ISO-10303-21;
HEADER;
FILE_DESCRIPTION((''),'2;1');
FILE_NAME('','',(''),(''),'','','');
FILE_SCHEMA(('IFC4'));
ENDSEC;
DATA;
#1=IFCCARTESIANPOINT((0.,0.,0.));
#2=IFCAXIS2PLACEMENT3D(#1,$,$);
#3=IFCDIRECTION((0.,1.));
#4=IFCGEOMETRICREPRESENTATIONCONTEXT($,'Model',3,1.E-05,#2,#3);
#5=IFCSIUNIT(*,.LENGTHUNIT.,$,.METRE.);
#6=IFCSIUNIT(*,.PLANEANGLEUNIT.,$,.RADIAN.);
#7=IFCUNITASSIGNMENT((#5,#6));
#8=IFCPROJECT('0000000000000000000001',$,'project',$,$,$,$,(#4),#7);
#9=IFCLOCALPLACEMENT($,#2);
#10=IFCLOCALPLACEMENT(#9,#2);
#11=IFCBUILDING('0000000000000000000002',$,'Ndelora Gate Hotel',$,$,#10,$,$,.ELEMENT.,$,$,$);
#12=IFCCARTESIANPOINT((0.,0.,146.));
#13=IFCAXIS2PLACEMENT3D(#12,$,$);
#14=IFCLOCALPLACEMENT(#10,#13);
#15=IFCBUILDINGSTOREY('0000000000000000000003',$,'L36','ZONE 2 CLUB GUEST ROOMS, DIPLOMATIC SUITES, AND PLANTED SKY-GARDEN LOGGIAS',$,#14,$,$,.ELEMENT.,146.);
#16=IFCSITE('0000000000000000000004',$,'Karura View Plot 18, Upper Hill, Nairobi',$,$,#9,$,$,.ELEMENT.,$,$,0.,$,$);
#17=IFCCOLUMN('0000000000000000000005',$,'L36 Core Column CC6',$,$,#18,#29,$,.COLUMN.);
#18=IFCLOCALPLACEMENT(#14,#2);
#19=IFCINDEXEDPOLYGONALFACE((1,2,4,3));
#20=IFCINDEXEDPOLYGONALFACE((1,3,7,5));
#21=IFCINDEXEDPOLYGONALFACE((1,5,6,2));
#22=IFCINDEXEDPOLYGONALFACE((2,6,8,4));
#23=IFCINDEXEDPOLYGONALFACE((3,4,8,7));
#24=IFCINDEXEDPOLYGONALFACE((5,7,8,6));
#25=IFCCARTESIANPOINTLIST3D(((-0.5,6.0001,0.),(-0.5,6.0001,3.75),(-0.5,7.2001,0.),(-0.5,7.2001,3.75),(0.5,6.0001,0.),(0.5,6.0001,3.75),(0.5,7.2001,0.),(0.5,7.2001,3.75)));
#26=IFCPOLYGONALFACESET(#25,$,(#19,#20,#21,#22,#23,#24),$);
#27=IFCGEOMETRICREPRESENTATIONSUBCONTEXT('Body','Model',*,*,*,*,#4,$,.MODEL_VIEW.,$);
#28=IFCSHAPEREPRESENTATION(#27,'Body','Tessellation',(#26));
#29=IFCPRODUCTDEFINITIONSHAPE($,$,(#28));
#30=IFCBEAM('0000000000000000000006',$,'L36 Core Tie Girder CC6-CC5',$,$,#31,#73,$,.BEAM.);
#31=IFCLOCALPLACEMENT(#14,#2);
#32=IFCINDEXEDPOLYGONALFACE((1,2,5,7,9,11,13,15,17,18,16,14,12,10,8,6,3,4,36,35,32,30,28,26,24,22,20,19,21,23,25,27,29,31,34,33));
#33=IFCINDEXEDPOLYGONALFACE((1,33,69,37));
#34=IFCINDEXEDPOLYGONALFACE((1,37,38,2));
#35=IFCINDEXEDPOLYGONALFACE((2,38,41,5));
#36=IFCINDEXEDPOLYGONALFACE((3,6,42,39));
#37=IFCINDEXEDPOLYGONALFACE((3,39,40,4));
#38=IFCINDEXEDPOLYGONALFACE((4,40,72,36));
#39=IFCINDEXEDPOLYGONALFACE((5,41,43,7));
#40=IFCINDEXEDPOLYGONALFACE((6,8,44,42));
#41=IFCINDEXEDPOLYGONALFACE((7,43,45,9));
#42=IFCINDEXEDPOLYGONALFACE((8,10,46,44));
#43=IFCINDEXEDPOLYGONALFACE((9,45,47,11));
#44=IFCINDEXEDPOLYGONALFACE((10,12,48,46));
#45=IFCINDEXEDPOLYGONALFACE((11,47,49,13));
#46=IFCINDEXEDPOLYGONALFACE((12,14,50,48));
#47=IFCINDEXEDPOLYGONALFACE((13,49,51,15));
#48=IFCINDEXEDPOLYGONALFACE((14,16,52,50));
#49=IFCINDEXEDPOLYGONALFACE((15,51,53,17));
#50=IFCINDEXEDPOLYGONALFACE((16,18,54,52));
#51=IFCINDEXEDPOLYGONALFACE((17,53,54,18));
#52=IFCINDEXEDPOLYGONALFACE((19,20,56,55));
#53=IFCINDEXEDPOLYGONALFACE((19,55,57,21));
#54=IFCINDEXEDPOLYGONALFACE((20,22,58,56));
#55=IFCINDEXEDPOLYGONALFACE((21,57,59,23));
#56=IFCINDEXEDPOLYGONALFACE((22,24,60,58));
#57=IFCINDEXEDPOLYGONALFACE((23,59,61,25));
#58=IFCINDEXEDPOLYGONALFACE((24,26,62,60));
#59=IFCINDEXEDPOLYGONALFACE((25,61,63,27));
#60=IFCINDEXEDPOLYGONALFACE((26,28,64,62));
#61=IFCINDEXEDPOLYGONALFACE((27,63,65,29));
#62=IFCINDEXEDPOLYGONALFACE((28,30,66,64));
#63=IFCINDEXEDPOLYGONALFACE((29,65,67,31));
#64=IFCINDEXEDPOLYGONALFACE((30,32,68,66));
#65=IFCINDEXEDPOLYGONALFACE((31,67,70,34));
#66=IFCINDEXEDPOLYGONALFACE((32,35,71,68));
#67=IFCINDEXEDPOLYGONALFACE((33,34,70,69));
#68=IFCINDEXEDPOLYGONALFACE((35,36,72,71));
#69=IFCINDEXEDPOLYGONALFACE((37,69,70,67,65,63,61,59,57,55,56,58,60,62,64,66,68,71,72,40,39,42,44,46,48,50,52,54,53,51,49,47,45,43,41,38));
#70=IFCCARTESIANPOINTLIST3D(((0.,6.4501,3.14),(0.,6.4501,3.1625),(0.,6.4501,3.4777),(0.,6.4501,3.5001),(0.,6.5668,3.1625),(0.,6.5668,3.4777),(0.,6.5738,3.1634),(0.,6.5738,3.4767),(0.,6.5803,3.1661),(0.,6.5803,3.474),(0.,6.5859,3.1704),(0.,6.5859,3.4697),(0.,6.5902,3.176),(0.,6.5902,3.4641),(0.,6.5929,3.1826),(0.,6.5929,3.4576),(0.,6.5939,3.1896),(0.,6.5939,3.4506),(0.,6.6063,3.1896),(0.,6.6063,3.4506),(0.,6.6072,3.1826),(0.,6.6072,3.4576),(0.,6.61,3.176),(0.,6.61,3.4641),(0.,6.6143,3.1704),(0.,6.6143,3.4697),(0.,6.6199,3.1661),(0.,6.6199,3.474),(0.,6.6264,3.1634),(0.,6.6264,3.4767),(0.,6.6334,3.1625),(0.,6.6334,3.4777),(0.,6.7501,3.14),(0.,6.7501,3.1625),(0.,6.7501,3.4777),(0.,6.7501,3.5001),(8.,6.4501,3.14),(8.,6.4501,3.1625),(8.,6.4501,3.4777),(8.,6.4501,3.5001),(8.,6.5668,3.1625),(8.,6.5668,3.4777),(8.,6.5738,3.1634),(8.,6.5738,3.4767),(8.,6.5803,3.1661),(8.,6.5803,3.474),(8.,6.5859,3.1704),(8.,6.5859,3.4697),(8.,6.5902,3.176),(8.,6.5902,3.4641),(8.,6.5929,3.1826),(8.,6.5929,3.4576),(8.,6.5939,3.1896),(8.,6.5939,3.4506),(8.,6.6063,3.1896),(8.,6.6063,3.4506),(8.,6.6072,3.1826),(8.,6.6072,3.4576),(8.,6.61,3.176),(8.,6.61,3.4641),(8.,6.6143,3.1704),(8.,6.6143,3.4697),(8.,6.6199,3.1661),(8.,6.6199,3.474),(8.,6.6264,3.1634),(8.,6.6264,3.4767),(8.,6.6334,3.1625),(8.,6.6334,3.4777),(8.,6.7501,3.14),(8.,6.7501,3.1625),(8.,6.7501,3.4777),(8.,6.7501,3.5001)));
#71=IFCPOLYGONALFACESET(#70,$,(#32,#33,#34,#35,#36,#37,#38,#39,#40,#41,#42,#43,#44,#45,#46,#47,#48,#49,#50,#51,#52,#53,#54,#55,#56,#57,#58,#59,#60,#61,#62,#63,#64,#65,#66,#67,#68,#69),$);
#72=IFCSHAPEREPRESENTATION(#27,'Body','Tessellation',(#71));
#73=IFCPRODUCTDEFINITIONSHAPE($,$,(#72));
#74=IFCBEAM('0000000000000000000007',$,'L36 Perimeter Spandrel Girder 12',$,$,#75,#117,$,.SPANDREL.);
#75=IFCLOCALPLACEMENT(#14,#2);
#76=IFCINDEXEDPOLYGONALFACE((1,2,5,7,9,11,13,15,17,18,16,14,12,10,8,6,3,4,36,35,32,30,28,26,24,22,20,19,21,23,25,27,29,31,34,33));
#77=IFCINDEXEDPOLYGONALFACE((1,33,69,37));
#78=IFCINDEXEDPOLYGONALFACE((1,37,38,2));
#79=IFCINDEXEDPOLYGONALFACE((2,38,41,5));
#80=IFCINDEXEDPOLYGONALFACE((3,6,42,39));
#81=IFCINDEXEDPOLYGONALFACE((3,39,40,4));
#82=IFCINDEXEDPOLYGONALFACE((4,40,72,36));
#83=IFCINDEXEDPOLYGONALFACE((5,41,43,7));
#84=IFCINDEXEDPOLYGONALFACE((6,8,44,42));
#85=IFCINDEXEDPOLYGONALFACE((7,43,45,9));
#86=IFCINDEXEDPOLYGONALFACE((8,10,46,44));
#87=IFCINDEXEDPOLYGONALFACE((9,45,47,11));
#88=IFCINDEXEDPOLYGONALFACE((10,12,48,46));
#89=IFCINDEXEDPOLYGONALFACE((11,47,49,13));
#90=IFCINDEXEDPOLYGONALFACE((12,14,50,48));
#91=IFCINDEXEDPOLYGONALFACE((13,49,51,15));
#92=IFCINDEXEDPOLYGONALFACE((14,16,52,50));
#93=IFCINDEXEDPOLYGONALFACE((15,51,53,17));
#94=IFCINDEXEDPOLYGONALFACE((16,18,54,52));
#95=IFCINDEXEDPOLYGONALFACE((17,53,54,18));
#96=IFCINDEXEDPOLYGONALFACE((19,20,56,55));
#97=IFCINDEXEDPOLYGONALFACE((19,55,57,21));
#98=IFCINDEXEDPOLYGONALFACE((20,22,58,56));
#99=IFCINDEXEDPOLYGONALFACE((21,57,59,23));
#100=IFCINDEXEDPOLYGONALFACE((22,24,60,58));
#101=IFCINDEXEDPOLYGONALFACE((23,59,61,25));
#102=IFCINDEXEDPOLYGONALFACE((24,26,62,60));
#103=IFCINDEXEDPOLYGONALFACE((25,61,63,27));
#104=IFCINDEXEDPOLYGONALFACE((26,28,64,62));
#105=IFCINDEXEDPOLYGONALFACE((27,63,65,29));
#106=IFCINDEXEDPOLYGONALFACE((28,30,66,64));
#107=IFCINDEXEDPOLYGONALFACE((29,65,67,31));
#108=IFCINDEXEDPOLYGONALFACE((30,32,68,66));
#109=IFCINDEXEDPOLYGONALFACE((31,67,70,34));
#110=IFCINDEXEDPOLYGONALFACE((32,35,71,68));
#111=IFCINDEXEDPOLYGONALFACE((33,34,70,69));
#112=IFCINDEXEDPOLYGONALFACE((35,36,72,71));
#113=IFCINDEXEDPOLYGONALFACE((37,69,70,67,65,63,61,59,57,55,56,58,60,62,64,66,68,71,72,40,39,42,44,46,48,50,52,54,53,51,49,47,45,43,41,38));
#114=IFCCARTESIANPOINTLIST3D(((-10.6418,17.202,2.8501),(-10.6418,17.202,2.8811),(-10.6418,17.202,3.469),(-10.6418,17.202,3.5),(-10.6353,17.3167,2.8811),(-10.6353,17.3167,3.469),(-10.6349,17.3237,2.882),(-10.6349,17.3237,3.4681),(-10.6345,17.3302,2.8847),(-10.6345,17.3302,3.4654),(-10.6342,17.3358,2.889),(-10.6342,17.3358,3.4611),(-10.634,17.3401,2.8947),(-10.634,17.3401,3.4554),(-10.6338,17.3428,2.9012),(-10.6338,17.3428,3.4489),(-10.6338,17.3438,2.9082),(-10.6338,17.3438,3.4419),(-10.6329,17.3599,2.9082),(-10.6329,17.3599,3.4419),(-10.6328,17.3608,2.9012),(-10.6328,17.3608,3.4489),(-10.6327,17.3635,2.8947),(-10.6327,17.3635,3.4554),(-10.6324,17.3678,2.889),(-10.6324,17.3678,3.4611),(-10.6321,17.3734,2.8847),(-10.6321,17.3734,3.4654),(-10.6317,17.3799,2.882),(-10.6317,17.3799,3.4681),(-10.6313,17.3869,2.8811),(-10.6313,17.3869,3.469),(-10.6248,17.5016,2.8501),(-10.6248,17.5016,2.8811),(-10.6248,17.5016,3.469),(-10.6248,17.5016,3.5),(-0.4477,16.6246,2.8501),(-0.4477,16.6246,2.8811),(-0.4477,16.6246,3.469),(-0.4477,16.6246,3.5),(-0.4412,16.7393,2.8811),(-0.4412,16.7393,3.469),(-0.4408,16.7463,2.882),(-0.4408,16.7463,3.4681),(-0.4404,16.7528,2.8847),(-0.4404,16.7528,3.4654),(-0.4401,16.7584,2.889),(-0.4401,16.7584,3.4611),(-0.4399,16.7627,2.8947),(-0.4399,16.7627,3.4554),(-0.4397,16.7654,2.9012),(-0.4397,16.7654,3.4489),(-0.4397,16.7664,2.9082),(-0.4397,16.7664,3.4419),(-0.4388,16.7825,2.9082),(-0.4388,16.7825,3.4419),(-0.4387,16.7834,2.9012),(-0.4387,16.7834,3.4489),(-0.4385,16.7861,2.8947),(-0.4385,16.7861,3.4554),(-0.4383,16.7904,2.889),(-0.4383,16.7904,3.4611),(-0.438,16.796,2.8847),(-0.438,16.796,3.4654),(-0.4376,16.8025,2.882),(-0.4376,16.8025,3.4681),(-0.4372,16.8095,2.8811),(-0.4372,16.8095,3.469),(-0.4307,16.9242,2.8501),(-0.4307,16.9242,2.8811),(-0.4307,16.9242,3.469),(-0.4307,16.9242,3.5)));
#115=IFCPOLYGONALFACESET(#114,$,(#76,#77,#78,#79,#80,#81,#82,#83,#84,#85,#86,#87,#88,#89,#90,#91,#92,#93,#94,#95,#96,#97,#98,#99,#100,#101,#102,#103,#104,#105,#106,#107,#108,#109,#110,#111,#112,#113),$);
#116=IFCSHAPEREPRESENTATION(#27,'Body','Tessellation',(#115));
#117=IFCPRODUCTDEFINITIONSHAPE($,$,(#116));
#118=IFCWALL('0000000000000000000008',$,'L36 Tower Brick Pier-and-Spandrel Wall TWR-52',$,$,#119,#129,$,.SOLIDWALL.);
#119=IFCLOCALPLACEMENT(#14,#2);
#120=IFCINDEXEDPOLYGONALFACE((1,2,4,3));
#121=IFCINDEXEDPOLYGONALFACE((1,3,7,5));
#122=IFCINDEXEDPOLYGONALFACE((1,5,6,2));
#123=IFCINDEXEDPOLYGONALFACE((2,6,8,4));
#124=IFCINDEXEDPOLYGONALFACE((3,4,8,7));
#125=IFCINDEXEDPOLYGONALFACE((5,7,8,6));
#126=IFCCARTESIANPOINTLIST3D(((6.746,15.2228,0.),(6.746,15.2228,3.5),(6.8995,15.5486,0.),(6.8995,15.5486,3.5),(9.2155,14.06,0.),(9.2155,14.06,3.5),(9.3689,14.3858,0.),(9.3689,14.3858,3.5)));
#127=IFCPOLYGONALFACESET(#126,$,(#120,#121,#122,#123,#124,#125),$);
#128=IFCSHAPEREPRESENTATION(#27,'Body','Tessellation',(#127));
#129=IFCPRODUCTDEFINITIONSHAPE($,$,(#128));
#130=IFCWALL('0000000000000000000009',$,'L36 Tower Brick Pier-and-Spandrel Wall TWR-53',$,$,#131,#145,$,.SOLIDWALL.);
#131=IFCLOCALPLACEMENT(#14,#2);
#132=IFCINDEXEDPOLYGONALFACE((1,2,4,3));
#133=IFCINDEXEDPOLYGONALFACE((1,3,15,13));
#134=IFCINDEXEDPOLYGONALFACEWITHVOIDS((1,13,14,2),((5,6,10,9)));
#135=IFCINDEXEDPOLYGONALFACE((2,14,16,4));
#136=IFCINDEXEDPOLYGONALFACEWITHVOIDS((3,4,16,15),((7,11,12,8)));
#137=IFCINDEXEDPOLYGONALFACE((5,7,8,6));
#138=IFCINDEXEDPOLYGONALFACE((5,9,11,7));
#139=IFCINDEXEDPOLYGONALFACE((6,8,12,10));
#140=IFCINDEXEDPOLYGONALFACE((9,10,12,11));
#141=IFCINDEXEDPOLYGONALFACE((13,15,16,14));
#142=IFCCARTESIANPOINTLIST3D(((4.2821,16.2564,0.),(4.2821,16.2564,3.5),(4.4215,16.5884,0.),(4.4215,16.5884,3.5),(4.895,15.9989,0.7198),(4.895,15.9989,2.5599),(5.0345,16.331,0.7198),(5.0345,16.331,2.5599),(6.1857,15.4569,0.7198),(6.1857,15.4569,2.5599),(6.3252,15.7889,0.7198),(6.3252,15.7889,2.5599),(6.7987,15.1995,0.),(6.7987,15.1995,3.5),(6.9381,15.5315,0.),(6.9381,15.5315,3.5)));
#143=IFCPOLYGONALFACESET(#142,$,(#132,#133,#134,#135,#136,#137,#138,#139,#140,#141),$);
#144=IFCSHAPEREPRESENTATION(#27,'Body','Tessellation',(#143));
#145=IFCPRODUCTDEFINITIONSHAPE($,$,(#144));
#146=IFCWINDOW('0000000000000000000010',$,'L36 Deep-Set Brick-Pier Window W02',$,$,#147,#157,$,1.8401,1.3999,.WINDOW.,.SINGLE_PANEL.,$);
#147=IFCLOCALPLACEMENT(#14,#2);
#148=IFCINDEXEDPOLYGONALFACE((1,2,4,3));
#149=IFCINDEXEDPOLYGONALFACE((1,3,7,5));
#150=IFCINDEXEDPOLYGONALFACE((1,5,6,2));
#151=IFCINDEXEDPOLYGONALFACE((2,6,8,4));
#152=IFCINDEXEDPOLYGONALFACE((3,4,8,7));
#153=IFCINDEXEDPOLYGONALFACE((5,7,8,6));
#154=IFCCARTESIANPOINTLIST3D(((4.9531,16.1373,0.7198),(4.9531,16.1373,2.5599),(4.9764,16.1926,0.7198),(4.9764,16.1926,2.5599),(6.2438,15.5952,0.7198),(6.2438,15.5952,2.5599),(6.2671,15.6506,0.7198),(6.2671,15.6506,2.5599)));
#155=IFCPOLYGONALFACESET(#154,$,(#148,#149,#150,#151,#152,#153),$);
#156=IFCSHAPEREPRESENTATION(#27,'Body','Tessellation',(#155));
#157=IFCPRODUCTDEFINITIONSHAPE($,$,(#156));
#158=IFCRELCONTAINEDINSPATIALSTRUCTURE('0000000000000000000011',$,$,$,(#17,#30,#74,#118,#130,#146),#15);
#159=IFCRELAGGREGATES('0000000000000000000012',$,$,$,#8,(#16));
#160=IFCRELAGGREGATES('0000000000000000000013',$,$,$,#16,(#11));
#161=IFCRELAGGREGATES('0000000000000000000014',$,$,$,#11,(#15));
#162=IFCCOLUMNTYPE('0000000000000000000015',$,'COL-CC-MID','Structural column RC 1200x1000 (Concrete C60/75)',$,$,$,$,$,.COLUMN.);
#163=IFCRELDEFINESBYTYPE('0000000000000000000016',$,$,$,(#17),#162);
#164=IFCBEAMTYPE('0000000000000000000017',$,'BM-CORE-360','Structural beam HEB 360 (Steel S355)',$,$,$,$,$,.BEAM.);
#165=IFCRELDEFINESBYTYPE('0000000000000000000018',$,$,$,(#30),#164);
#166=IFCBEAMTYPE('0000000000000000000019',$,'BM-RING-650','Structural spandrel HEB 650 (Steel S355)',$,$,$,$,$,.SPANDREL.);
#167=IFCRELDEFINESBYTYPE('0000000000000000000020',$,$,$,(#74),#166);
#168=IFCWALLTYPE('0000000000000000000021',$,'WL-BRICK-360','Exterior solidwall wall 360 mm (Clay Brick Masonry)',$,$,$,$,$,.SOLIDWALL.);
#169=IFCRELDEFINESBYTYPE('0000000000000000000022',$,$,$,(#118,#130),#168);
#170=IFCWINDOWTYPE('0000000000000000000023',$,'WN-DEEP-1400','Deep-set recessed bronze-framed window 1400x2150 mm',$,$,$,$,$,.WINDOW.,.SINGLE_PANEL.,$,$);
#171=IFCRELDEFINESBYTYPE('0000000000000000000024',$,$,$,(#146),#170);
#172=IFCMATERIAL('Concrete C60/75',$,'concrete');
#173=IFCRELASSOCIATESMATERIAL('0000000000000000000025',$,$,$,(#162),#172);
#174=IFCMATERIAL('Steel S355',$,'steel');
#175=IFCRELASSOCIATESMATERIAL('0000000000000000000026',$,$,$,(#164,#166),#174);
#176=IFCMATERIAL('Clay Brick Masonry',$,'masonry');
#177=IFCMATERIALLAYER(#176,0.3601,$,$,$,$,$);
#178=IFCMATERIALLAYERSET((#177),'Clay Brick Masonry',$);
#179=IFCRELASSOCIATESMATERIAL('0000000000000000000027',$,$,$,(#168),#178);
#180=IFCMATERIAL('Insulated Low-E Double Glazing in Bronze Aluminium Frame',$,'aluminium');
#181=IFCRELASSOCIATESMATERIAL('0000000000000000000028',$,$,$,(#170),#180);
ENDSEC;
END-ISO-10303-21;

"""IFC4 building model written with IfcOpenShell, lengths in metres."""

from ifc_helpers import new_model, si_unit, direction, frame, frame_2d, origin, origin_2d, place, context, subcontext, project, spatial, rectangle, i_section, extrude, material, layer, layer_set, material_profile, profile_set, type_object, element, fill, save


model = new_model("IFC4")

# Units and contexts
model_context = context("Model", 3, precision=1e-05, world=origin(), true_north=direction((0.0, 1.0)))
body_context = subcontext(model_context, "Body", "Model", "MODEL_VIEW")
ifc_project = project(units=[si_unit("LENGTHUNIT", "METRE"), si_unit("PLANEANGLEUNIT", "RADIAN")], contexts=[model_context])

# Site, building, storey
site_placement = place(None, origin())
site = spatial("IfcSite", under=ifc_project, at=site_placement, Name="Karura View Plot 18, Upper Hill, Nairobi", CompositionType="ELEMENT", RefElevation=0.0)
building_placement = place(site_placement, origin())
building = spatial("IfcBuilding", under=site, at=building_placement, Name="Ndelora Gate Hotel", CompositionType="ELEMENT")
storey_placement = place(building_placement, frame((0.0, 0.0, 146.0)))
storey = spatial("IfcBuildingStorey", under=building, at=storey_placement, Name="L36", Description="ZONE 2 CLUB GUEST ROOMS, DIPLOMATIC SUITES, AND PLANTED SKY-GARDEN LOGGIAS", CompositionType="ELEMENT", Elevation=146.0)

# Column
ifc_material_1 = material(Name="Concrete C60/75", Category="concrete")
ifc_material_profile_1 = material_profile(ifc_material_1, rectangle(XDim=1.0, YDim=1.2, at=origin_2d()), Name="RC 1200x1000")
ifc_profile_set_1 = profile_set([ifc_material_profile_1], Name="Concrete C60/75")
column_type = type_object("IfcColumnType", Name="COL-CC-MID", Description="Structural column RC 1200x1000 (Concrete C60/75)", PredefinedType="COLUMN", material=ifc_profile_set_1)
column_placement = place(storey_placement, frame((0.0, 6.6001, 0.0), z_axis=(0.0, 0.0, 1.0), x_axis=(1.0, 0.0, 0.0)))
element("IfcColumn", 1, at=column_placement, inside=storey, type_object=column_type, Name="L36 Core Column CC6", PredefinedType="COLUMN", context=body_context, shape_type="SweptSolid", body=[
    extrude(rectangle(XDim=1.0, YDim=1.2, at=origin_2d()), origin(), (0.0, 0.0, 1.0), 3.75),
])

# Beams
ifc_material_2 = material(Name="Steel S355", Category="steel")
ifc_material_profile_2 = material_profile(ifc_material_2, i_section(OverallWidth=0.3, OverallDepth=0.3601, WebThickness=0.0125, FlangeThickness=0.0225, FilletRadius=0.0271, at=origin_2d()), Name="HEB 360")
ifc_profile_set_2 = profile_set([ifc_material_profile_2], Name="Steel S355")
beam_type_1 = type_object("IfcBeamType", Name="BM-CORE-360", Description="Structural beam HEB 360 (Steel S355)", PredefinedType="BEAM", material=ifc_profile_set_2)
beam_1_placement = place(storey_placement, frame((0.0, 6.6001, 3.3201), z_axis=(1.0, 0.0, 0.0), x_axis=(0.0, 1.0, 0.0)))
element("IfcBeam", 2, at=beam_1_placement, inside=storey, type_object=beam_type_1, Name="L36 Core Tie Girder CC6-CC5", PredefinedType="BEAM", context=body_context, shape_type="SweptSolid", body=[
    extrude(i_section(OverallWidth=0.3, OverallDepth=0.3601, WebThickness=0.0125, FlangeThickness=0.0225, FilletRadius=0.0271, at=origin_2d()), origin(), (0.0, 0.0, 1.0), 8.0),
])
ifc_material_profile_3 = material_profile(ifc_material_2, i_section(OverallWidth=0.3, OverallDepth=0.6499, WebThickness=0.0161, FlangeThickness=0.031, FilletRadius=0.0271, at=origin_2d()), Name="HEB 650")
ifc_profile_set_3 = profile_set([ifc_material_profile_3], Name="Steel S355")
beam_type_2 = type_object("IfcBeamType", Name="BM-RING-650", Description="Structural spandrel HEB 650 (Steel S355)", PredefinedType="SPANDREL", material=ifc_profile_set_3)
beam_2_placement = place(storey_placement, frame((-0.4392, 16.7744, 3.175), z_axis=(-0.9984, 0.056549, 0.0), x_axis=(-0.056549, -0.9984, 0.0)))
element("IfcBeam", 3, at=beam_2_placement, inside=storey, type_object=beam_type_2, Name="L36 Perimeter Spandrel Girder 12", PredefinedType="SPANDREL", context=body_context, shape_type="SweptSolid", body=[
    extrude(i_section(OverallWidth=0.3, OverallDepth=0.6499, WebThickness=0.0161, FlangeThickness=0.031, FilletRadius=0.0271, at=origin_2d()), origin(), (0.0, 0.0, 1.0), 10.2104),
])

# Wall
ifc_material_3 = material(Name="Clay Brick Masonry", Category="masonry")
ifc_layer_1 = layer(ifc_material_3, 0.3601)
ifc_layer_set_1 = layer_set([ifc_layer_1], Name="Clay Brick Masonry")
wall_type_1 = type_object("IfcWallType", Name="WL-BRICK-360", Description="Exterior solidwall wall 360 mm (Clay Brick Masonry)", PredefinedType="SOLIDWALL", material=ifc_layer_set_1)
wall_1_placement = place(storey_placement, frame((6.8228, 15.3857, 0.0), z_axis=(0.0, 0.0, 1.0), x_axis=(0.904715, -0.426017, 0.0)))
element("IfcWall", 4, at=wall_1_placement, inside=storey, type_object=wall_type_1, Name="L36 Tower Brick Pier-and-Spandrel Wall TWR-52", PredefinedType="SOLIDWALL", context=body_context, shape_type="SweptSolid", body=[
    extrude(rectangle(XDim=2.7295, YDim=0.3601, at=frame_2d((1.3647, 0.0))), origin(), (0.0, 0.0, 1.0), 3.5),
])

# Wall, opening, window
wall_2_placement = place(storey_placement, frame((4.3518, 16.4224, 0.0), z_axis=(0.0, 0.0, 1.0), x_axis=(0.921994, -0.387205, 0.0)))
wall_2 = element("IfcWall", 5, at=wall_2_placement, inside=storey, type_object=wall_type_1, Name="L36 Tower Brick Pier-and-Spandrel Wall TWR-53", PredefinedType="SOLIDWALL", context=body_context, shape_type="SweptSolid", body=[
    extrude(rectangle(XDim=2.7295, YDim=0.3601, at=frame_2d((1.3647, 0.0))), origin(), (0.0, 0.0, 1.0), 3.5),
])
opening_1_placement = place(wall_2_placement, frame((0.6648, 0.0, 0.72)))
opening_1 = element("IfcOpeningElement", 6, at=opening_1_placement, cuts=wall_2, PredefinedType="OPENING", context=body_context, shape_type="SweptSolid", body=[
    extrude(rectangle(XDim=1.3999, YDim=1.8401, at=frame_2d((0.7, 0.9199))), frame((0.0, 0.1899, 0.0), z_axis=(0.0, -1.0, 0.0), x_axis=(1.0, 0.0, 0.0)), (0.0, 0.0, 1.0), 0.3801),
])
ifc_material_4 = material(Name="Insulated Low-E Double Glazing in Bronze Aluminium Frame", Category="aluminium")
window_type = type_object("IfcWindowType", Name="WN-DEEP-1400", Description="Deep-set recessed bronze-framed window 1400x2150 mm", PartitioningType="SINGLE_PANEL", PredefinedType="WINDOW", material=ifc_material_4)
window_1_placement = place(opening_1_placement, origin())
window_1 = element("IfcWindow", 7, at=window_1_placement, inside=storey, type_object=window_type, Name="L36 Deep-Set Brick-Pier Window W02", OverallHeight=1.8401, OverallWidth=1.3999, PartitioningType="SINGLE_PANEL", PredefinedType="WINDOW", context=body_context, shape_type="SweptSolid", body=[
    extrude(rectangle(XDim=1.3999, YDim=1.8401, at=frame_2d((0.7, 0.9199))), frame((0.0, 0.03, 0.0), z_axis=(0.0, -1.0, 0.0), x_axis=(1.0, 0.0, 0.0)), (0.0, 0.0, 1.0), 0.0601),
])
fill(opening_1, window_1)

save(model, "model.ifc")
